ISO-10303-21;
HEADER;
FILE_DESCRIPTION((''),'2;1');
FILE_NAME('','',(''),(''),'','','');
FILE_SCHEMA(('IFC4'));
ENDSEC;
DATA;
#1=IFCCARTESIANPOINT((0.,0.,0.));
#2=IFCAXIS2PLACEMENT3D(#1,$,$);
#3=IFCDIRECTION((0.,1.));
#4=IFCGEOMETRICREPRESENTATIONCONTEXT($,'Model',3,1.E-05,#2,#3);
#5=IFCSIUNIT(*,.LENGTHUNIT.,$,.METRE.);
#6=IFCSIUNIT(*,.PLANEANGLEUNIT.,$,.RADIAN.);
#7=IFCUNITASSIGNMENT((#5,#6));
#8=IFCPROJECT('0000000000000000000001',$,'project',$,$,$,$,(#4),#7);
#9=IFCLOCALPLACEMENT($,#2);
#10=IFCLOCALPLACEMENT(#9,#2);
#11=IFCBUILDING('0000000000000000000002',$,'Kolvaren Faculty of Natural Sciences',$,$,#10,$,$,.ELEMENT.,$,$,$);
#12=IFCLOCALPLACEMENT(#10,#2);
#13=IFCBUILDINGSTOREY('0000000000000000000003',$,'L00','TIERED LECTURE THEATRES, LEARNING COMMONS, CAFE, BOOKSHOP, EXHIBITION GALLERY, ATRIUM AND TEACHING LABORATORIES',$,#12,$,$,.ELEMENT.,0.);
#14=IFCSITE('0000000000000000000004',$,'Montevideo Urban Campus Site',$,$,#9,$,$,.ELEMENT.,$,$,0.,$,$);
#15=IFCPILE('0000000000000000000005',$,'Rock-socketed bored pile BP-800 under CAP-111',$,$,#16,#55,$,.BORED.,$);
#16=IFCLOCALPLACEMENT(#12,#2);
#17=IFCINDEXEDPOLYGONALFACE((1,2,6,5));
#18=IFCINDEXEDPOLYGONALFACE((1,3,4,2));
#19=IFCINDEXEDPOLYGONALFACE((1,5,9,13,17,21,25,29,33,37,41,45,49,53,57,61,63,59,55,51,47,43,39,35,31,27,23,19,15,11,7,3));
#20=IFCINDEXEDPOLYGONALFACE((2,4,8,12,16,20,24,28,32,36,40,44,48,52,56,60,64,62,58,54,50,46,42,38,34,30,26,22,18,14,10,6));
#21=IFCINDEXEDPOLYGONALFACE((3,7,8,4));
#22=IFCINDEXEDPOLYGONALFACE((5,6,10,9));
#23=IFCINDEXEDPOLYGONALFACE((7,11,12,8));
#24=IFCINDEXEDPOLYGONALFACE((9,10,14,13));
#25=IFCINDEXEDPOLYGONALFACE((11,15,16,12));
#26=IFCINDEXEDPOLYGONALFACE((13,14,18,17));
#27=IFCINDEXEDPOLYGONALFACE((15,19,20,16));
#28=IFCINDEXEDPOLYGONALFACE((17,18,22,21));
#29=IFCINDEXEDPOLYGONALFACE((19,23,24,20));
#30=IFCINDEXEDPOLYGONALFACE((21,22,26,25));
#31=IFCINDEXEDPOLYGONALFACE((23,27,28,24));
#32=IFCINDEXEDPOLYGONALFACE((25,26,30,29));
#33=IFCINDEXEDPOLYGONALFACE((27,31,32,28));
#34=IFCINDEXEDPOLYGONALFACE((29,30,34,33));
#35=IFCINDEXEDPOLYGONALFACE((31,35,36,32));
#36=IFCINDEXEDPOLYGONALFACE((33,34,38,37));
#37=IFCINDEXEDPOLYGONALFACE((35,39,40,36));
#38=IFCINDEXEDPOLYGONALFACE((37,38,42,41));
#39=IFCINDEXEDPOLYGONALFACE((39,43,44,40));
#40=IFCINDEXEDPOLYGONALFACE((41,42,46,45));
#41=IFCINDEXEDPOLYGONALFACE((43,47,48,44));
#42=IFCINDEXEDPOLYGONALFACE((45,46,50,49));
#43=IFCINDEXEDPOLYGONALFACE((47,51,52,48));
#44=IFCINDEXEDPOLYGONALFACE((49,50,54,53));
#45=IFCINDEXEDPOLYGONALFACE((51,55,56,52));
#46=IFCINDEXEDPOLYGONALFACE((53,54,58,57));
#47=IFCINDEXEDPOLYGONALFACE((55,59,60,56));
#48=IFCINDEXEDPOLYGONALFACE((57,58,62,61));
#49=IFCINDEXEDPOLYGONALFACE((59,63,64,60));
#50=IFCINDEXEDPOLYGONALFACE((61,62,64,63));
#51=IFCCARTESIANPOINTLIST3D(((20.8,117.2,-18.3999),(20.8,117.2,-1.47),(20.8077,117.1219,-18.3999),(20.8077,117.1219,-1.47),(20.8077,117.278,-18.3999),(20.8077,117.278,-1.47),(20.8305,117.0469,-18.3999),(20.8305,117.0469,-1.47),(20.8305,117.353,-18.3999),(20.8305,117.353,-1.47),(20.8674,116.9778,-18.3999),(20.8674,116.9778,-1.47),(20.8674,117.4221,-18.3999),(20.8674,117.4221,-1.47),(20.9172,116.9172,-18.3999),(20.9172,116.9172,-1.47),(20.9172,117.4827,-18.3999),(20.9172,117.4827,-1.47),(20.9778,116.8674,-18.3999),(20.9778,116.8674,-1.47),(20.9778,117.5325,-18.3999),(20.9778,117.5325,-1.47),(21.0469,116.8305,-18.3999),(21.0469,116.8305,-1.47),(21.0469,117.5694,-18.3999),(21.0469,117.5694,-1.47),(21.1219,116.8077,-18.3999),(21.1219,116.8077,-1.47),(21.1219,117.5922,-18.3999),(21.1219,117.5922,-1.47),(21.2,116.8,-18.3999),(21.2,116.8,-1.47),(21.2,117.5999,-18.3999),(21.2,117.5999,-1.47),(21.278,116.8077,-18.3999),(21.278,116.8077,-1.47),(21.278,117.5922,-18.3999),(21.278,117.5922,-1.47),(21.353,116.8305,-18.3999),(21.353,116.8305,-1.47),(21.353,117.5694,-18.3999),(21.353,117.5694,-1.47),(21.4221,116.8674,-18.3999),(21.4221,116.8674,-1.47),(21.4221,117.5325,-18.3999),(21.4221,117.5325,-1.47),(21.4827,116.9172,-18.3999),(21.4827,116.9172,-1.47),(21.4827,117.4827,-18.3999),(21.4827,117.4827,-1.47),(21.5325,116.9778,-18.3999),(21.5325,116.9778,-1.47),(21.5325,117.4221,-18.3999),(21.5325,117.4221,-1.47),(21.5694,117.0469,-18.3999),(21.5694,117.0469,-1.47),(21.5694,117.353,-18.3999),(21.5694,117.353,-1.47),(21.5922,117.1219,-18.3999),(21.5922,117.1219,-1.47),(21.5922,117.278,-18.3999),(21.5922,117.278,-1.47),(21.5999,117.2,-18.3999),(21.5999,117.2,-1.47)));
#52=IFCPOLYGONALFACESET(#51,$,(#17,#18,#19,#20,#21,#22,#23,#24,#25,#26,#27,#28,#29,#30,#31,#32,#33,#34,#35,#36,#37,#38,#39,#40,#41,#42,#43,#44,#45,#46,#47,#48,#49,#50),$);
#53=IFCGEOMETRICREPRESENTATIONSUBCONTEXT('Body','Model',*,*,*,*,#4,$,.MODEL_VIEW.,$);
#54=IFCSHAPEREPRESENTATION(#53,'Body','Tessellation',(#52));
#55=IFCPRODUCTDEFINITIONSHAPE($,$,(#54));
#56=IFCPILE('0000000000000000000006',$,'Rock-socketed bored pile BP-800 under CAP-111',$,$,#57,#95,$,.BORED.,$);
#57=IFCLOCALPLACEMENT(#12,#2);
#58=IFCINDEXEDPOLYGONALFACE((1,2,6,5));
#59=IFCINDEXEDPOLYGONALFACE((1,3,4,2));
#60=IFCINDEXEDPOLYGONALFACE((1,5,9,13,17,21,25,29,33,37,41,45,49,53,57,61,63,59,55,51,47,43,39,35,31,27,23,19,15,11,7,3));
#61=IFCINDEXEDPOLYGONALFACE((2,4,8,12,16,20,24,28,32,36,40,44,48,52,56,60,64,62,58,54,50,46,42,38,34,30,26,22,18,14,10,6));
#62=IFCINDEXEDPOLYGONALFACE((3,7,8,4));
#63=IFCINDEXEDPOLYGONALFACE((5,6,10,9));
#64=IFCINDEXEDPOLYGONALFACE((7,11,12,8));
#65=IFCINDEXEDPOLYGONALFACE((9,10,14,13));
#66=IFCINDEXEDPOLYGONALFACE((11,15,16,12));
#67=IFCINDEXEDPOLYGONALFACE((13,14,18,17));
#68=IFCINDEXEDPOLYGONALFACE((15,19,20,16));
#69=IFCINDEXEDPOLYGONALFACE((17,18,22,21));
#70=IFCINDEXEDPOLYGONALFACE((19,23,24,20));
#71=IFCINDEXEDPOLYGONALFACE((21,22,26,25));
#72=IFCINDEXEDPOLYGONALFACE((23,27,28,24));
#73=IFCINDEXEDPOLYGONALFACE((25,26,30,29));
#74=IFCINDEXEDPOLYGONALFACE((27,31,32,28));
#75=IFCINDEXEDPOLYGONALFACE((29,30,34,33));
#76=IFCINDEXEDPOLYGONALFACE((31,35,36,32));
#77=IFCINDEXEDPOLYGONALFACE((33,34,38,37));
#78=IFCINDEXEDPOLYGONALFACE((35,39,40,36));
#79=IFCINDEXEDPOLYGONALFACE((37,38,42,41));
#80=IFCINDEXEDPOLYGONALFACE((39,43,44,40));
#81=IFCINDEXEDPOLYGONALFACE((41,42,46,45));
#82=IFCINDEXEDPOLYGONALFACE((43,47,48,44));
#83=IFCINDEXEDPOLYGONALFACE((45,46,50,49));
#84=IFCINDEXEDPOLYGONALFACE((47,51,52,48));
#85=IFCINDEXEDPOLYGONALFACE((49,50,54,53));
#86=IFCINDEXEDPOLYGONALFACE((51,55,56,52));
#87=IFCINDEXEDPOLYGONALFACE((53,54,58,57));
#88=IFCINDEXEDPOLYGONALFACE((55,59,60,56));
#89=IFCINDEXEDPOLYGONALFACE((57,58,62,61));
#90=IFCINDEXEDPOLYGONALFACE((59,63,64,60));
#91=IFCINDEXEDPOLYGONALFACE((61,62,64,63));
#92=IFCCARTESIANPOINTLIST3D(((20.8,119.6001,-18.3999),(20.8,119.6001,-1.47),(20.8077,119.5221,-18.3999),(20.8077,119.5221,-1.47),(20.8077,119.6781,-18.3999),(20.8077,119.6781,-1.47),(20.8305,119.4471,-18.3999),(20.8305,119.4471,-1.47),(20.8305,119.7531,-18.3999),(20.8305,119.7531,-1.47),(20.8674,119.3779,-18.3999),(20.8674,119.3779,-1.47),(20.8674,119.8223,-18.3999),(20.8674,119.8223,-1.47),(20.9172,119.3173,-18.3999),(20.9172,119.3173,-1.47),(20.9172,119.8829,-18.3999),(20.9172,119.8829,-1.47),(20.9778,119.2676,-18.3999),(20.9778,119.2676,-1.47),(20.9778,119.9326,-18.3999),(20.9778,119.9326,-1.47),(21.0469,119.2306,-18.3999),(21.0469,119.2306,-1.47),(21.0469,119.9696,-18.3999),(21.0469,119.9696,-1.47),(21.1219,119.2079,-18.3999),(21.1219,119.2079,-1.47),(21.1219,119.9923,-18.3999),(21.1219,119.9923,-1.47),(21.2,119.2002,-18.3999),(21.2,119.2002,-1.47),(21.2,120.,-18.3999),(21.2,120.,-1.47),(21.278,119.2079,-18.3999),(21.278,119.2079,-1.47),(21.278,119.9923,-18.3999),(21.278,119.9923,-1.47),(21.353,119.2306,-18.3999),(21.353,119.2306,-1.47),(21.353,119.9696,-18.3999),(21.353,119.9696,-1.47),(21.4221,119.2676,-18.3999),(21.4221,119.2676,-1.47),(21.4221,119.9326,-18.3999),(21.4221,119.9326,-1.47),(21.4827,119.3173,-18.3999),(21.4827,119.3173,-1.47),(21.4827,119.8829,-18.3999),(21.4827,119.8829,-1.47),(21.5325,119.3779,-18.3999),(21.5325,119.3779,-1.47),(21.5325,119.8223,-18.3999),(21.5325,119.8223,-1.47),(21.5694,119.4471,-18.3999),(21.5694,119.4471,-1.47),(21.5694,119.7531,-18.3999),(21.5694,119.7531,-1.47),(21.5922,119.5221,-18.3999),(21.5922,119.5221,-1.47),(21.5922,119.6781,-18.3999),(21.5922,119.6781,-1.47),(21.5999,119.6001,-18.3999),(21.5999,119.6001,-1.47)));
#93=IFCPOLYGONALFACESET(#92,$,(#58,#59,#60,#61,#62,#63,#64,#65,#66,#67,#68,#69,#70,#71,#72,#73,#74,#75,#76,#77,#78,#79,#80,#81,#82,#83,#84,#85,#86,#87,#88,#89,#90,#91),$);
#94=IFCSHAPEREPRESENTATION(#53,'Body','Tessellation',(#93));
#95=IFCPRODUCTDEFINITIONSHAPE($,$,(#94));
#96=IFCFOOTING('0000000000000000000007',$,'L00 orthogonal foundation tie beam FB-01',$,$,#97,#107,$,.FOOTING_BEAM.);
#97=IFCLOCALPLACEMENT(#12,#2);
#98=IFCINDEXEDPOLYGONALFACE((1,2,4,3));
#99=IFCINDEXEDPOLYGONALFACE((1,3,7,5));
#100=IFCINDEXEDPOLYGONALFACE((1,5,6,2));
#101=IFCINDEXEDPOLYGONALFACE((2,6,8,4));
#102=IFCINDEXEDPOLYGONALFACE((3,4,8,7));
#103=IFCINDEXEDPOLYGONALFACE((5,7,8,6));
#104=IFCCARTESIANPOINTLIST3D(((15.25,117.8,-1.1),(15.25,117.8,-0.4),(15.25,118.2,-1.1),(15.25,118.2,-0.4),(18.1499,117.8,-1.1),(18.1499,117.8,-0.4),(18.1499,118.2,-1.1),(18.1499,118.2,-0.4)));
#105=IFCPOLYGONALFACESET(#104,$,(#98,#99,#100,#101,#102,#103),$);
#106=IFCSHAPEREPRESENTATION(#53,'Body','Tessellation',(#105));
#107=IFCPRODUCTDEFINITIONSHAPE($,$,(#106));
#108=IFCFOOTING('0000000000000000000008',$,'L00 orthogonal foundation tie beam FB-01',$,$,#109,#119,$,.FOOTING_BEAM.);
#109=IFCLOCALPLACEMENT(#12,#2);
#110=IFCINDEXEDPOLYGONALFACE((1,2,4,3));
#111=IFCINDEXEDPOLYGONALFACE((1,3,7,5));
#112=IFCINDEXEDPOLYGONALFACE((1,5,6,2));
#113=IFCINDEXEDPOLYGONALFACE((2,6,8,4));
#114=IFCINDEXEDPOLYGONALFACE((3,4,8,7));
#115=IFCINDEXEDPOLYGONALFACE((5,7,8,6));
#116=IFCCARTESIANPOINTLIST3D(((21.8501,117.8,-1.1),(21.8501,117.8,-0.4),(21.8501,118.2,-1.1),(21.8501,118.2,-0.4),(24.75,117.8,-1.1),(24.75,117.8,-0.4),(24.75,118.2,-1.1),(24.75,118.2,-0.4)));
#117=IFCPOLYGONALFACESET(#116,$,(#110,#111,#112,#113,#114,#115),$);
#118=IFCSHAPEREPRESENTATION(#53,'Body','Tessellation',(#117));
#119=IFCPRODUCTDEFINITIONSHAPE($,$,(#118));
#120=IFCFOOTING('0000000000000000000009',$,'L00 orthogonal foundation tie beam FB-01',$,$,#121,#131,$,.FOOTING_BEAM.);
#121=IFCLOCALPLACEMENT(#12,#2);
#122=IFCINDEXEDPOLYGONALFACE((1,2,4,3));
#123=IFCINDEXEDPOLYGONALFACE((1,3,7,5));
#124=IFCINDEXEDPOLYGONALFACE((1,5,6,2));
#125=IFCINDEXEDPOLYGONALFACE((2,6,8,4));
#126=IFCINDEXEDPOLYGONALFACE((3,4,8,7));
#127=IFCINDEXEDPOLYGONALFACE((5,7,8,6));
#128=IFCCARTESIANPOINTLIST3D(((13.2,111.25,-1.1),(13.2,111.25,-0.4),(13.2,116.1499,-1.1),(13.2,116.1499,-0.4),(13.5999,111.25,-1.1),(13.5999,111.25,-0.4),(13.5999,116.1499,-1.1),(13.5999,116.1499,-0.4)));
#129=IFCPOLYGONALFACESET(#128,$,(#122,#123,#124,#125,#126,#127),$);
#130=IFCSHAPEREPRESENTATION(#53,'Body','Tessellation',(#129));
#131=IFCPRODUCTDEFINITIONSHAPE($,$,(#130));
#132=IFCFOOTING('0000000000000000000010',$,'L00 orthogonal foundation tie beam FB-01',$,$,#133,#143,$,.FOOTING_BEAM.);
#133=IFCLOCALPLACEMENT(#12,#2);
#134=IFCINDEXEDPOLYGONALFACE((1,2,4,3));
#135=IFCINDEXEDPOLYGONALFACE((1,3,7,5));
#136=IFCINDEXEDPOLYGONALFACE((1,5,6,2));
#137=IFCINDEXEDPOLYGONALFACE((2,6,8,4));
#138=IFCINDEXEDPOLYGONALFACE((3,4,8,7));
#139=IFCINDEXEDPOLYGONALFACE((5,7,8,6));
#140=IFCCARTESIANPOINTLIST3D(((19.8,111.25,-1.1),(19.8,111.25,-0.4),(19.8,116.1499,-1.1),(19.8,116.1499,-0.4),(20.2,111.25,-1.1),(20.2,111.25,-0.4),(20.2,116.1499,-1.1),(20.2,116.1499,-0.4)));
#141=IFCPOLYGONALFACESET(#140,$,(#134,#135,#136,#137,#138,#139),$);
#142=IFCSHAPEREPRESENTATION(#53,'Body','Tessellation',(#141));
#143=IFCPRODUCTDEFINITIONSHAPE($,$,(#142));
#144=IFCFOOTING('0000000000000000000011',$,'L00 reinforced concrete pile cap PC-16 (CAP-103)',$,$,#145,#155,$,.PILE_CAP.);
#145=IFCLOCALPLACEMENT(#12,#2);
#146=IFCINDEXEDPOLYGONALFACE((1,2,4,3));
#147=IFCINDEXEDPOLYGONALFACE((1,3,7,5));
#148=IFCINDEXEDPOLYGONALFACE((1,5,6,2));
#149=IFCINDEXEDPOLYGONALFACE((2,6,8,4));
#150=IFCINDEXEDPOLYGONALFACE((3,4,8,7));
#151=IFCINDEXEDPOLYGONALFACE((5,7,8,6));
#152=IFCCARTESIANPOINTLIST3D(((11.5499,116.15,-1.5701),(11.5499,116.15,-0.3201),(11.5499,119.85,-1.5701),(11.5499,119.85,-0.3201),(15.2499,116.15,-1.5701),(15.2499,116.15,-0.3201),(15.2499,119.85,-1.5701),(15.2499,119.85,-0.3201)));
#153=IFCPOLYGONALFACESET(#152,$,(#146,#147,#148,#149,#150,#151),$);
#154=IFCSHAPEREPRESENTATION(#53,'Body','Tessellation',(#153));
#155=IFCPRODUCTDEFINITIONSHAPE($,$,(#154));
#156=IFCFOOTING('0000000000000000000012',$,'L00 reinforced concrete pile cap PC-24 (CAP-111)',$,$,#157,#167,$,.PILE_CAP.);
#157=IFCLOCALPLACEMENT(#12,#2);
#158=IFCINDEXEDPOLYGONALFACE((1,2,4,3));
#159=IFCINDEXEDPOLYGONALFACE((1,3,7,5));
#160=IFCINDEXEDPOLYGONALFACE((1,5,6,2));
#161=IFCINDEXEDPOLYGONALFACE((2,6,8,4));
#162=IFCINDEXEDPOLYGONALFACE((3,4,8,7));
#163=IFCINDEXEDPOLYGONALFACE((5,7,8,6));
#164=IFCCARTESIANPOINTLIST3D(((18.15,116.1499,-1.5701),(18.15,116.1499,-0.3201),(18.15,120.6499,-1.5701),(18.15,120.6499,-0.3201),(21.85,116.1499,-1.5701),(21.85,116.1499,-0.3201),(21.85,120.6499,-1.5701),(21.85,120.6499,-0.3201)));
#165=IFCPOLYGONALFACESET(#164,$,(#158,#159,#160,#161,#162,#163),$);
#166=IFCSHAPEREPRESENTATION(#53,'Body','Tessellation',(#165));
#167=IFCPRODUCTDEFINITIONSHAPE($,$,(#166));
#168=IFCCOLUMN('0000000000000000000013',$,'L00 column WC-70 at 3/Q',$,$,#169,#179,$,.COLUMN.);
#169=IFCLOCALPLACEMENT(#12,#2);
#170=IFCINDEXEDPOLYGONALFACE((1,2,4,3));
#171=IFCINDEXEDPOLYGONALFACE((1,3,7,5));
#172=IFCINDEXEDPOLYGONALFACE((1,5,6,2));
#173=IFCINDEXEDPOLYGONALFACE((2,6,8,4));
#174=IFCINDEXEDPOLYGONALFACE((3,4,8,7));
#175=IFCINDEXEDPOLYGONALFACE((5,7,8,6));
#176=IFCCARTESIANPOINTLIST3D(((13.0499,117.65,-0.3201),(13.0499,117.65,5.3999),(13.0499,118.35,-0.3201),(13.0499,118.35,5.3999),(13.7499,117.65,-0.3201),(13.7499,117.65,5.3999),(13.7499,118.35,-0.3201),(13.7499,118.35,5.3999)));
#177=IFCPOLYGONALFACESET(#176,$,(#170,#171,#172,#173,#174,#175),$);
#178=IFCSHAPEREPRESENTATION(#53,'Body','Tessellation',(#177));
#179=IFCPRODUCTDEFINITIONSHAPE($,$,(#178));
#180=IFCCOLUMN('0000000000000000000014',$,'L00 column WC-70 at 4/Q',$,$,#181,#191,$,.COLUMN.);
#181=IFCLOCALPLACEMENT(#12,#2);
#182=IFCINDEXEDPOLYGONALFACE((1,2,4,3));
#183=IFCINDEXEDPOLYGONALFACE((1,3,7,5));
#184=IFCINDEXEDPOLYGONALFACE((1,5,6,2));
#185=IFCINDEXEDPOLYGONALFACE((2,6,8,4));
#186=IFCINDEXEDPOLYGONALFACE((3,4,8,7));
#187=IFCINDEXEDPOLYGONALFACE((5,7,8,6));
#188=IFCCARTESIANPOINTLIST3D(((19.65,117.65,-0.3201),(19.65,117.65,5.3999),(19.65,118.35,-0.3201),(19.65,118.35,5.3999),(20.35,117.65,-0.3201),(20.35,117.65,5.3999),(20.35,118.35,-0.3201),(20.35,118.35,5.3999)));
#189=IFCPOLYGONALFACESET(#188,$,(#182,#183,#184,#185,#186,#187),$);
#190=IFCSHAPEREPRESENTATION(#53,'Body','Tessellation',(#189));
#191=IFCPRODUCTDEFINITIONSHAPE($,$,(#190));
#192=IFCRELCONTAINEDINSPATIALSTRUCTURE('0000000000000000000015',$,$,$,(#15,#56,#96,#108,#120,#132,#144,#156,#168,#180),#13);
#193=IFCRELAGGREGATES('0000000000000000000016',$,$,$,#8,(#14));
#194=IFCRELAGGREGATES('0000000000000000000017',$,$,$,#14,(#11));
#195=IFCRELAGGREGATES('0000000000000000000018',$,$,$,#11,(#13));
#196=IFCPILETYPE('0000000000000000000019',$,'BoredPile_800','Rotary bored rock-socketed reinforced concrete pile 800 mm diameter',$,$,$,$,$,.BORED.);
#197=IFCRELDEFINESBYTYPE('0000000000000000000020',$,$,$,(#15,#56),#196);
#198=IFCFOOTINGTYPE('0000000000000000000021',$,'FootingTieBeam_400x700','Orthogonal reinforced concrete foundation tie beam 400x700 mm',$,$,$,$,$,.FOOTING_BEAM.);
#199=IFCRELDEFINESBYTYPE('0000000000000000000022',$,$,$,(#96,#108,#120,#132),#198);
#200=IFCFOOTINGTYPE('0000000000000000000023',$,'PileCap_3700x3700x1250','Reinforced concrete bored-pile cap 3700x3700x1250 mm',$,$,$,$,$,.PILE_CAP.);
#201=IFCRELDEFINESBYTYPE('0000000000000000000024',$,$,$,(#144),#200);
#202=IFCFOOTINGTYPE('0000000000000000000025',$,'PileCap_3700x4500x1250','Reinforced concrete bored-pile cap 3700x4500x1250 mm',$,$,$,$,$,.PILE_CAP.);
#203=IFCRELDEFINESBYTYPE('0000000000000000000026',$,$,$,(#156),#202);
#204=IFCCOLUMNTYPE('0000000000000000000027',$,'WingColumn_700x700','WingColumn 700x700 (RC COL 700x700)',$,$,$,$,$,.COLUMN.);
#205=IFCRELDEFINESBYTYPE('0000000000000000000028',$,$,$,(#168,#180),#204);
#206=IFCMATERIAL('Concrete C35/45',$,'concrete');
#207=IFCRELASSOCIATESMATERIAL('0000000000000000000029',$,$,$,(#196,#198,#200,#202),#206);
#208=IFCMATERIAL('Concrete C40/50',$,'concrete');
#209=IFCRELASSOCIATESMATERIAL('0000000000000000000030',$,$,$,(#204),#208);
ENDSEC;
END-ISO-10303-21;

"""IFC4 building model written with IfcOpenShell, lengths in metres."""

from ifc_helpers import new_model, si_unit, direction, frame, origin, origin_2d, place, context, subcontext, project, spatial, rectangle, circle, extrude, material, material_profile, profile_set, type_object, element, save


model = new_model("IFC4")

# Units and contexts
model_context = context("Model", 3, precision=1e-05, world=origin(), true_north=direction((0.0, 1.0)))
body_context = subcontext(model_context, "Body", "Model", "MODEL_VIEW")
ifc_project = project(units=[si_unit("LENGTHUNIT", "METRE"), si_unit("PLANEANGLEUNIT", "RADIAN")], contexts=[model_context])

# Site, building, storey
site_placement = place(None, origin())
site = spatial("IfcSite", under=ifc_project, at=site_placement, Name="Montevideo Urban Campus Site", CompositionType="ELEMENT", RefElevation=0.0)
building_placement = place(site_placement, origin())
building = spatial("IfcBuilding", under=site, at=building_placement, Name="Kolvaren Faculty of Natural Sciences", CompositionType="ELEMENT")
storey_placement = place(building_placement, origin())
storey = spatial("IfcBuildingStorey", under=building, at=storey_placement, Name="L00", Description="TIERED LECTURE THEATRES, LEARNING COMMONS, CAFE, BOOKSHOP, EXHIBITION GALLERY, ATRIUM AND TEACHING LABORATORIES", CompositionType="ELEMENT", Elevation=0.0)

# Piles
ifc_material_1 = material(Name="Concrete C35/45", Category="concrete")
ifc_material_profile_1 = material_profile(ifc_material_1, circle(Radius=0.3999, at=origin_2d()), Name="PILE D800")
ifc_profile_set_1 = profile_set([ifc_material_profile_1], Name="Concrete C35/45")
pile_type = type_object("IfcPileType", Name="BoredPile_800", Description="Rotary bored rock-socketed reinforced concrete pile 800 mm diameter", PredefinedType="BORED", material=ifc_profile_set_1)
for number, where, z_axis, x_axis, name in (
    (1, (21.2, 117.2, -1.47), (0.0, 0.0, -1.0), (1.0, 0.0, 0.0), "Rock-socketed bored pile BP-800 under CAP-111"),
    (2, (21.2, 119.6001, -1.47), (0.0, 0.0, -1.0), (1.0, 0.0, 0.0), "Rock-socketed bored pile BP-800 under CAP-111"),
):
    element("IfcPile", number, at=place(storey_placement, frame(where, z_axis=z_axis, x_axis=x_axis)), inside=storey, type_object=pile_type, Name=name, PredefinedType="BORED", context=body_context, shape_type="SweptSolid", body=[
        extrude(circle(Radius=0.3999, at=origin_2d()), origin(), (0.0, 0.0, 1.0), 16.9299),
    ])

# Footings
ifc_material_profile_2 = material_profile(ifc_material_1, rectangle(XDim=0.3999, YDim=0.7, at=origin_2d()), Name="RC FB 400x700")
ifc_profile_set_2 = profile_set([ifc_material_profile_2], Name="Concrete C35/45")
footing_type_1 = type_object("IfcFootingType", Name="FootingTieBeam_400x700", Description="Orthogonal reinforced concrete foundation tie beam 400x700 mm", PredefinedType="FOOTING_BEAM", material=ifc_profile_set_2)
for number, where, z_axis, x_axis, name in (
    (3, (15.25, 118.0, -0.75), (1.0, 0.0, 0.0), (0.0, 1.0, 0.0), "L00 orthogonal foundation tie beam FB-01"),
    (4, (21.8501, 118.0, -0.75), (1.0, 0.0, 0.0), (0.0, 1.0, 0.0), "L00 orthogonal foundation tie beam FB-01"),
):
    element("IfcFooting", number, at=place(storey_placement, frame(where, z_axis=z_axis, x_axis=x_axis)), inside=storey, type_object=footing_type_1, Name=name, PredefinedType="FOOTING_BEAM", context=body_context, shape_type="SweptSolid", body=[
        extrude(rectangle(XDim=0.3999, YDim=0.7, at=origin_2d()), origin(), (0.0, 0.0, 1.0), 2.8999),
    ])
for number, where, z_axis, x_axis, name in (
    (5, (13.3999, 111.25, -0.75), (0.0, 1.0, 0.0), (-1.0, 0.0, 0.0), "L00 orthogonal foundation tie beam FB-01"),
    (6, (20.0, 111.25, -0.75), (0.0, 1.0, 0.0), (-1.0, 0.0, 0.0), "L00 orthogonal foundation tie beam FB-01"),
):
    element("IfcFooting", number, at=place(storey_placement, frame(where, z_axis=z_axis, x_axis=x_axis)), inside=storey, type_object=footing_type_1, Name=name, PredefinedType="FOOTING_BEAM", context=body_context, shape_type="SweptSolid", body=[
        extrude(rectangle(XDim=0.3999, YDim=0.7, at=origin_2d()), origin(), (0.0, 0.0, 1.0), 4.8999),
    ])
footing_type_2 = type_object("IfcFootingType", Name="PileCap_3700x3700x1250", Description="Reinforced concrete bored-pile cap 3700x3700x1250 mm", PredefinedType="PILE_CAP", material=ifc_material_1)
footing_1_placement = place(storey_placement, frame((13.3999, 118.0, -1.5701), z_axis=(0.0, 0.0, 1.0), x_axis=(1.0, 0.0, 0.0)))
element("IfcFooting", 7, at=footing_1_placement, inside=storey, type_object=footing_type_2, Name="L00 reinforced concrete pile cap PC-16 (CAP-103)", PredefinedType="PILE_CAP", context=body_context, shape_type="SweptSolid", body=[
    extrude(rectangle(XDim=3.7, YDim=3.7, at=origin_2d()), origin(), (0.0, 0.0, 1.0), 1.25),
])
footing_type_3 = type_object("IfcFootingType", Name="PileCap_3700x4500x1250", Description="Reinforced concrete bored-pile cap 3700x4500x1250 mm", PredefinedType="PILE_CAP", material=ifc_material_1)
footing_2_placement = place(storey_placement, frame((20.0, 118.3999, -1.5701), z_axis=(0.0, 0.0, 1.0), x_axis=(1.0, 0.0, 0.0)))
element("IfcFooting", 8, at=footing_2_placement, inside=storey, type_object=footing_type_3, Name="L00 reinforced concrete pile cap PC-24 (CAP-111)", PredefinedType="PILE_CAP", context=body_context, shape_type="SweptSolid", body=[
    extrude(rectangle(XDim=3.7, YDim=4.5, at=origin_2d()), origin(), (0.0, 0.0, 1.0), 1.25),
])

# Columns
ifc_material_2 = material(Name="Concrete C40/50", Category="concrete")
ifc_material_profile_3 = material_profile(ifc_material_2, rectangle(XDim=0.7, YDim=0.7, at=origin_2d()), Name="RC COL 700x700")
ifc_profile_set_3 = profile_set([ifc_material_profile_3], Name="Concrete C40/50")
column_type = type_object("IfcColumnType", Name="WingColumn_700x700", Description="WingColumn 700x700 (RC COL 700x700)", PredefinedType="COLUMN", material=ifc_profile_set_3)
for number, where, z_axis, x_axis, name in (
    (9, (13.3999, 118.0, -0.3201), (0.0, 0.0, 1.0), (1.0, 0.0, 0.0), "L00 column WC-70 at 3/Q"),
    (10, (20.0, 118.0, -0.3201), (0.0, 0.0, 1.0), (1.0, 0.0, 0.0), "L00 column WC-70 at 4/Q"),
):
    element("IfcColumn", number, at=place(storey_placement, frame(where, z_axis=z_axis, x_axis=x_axis)), inside=storey, type_object=column_type, Name=name, PredefinedType="COLUMN", context=body_context, shape_type="SweptSolid", body=[
        extrude(rectangle(XDim=0.7, YDim=0.7, at=origin_2d()), origin(), (0.0, 0.0, 1.0), 5.72),
    ])

save(model, "model.ifc")
